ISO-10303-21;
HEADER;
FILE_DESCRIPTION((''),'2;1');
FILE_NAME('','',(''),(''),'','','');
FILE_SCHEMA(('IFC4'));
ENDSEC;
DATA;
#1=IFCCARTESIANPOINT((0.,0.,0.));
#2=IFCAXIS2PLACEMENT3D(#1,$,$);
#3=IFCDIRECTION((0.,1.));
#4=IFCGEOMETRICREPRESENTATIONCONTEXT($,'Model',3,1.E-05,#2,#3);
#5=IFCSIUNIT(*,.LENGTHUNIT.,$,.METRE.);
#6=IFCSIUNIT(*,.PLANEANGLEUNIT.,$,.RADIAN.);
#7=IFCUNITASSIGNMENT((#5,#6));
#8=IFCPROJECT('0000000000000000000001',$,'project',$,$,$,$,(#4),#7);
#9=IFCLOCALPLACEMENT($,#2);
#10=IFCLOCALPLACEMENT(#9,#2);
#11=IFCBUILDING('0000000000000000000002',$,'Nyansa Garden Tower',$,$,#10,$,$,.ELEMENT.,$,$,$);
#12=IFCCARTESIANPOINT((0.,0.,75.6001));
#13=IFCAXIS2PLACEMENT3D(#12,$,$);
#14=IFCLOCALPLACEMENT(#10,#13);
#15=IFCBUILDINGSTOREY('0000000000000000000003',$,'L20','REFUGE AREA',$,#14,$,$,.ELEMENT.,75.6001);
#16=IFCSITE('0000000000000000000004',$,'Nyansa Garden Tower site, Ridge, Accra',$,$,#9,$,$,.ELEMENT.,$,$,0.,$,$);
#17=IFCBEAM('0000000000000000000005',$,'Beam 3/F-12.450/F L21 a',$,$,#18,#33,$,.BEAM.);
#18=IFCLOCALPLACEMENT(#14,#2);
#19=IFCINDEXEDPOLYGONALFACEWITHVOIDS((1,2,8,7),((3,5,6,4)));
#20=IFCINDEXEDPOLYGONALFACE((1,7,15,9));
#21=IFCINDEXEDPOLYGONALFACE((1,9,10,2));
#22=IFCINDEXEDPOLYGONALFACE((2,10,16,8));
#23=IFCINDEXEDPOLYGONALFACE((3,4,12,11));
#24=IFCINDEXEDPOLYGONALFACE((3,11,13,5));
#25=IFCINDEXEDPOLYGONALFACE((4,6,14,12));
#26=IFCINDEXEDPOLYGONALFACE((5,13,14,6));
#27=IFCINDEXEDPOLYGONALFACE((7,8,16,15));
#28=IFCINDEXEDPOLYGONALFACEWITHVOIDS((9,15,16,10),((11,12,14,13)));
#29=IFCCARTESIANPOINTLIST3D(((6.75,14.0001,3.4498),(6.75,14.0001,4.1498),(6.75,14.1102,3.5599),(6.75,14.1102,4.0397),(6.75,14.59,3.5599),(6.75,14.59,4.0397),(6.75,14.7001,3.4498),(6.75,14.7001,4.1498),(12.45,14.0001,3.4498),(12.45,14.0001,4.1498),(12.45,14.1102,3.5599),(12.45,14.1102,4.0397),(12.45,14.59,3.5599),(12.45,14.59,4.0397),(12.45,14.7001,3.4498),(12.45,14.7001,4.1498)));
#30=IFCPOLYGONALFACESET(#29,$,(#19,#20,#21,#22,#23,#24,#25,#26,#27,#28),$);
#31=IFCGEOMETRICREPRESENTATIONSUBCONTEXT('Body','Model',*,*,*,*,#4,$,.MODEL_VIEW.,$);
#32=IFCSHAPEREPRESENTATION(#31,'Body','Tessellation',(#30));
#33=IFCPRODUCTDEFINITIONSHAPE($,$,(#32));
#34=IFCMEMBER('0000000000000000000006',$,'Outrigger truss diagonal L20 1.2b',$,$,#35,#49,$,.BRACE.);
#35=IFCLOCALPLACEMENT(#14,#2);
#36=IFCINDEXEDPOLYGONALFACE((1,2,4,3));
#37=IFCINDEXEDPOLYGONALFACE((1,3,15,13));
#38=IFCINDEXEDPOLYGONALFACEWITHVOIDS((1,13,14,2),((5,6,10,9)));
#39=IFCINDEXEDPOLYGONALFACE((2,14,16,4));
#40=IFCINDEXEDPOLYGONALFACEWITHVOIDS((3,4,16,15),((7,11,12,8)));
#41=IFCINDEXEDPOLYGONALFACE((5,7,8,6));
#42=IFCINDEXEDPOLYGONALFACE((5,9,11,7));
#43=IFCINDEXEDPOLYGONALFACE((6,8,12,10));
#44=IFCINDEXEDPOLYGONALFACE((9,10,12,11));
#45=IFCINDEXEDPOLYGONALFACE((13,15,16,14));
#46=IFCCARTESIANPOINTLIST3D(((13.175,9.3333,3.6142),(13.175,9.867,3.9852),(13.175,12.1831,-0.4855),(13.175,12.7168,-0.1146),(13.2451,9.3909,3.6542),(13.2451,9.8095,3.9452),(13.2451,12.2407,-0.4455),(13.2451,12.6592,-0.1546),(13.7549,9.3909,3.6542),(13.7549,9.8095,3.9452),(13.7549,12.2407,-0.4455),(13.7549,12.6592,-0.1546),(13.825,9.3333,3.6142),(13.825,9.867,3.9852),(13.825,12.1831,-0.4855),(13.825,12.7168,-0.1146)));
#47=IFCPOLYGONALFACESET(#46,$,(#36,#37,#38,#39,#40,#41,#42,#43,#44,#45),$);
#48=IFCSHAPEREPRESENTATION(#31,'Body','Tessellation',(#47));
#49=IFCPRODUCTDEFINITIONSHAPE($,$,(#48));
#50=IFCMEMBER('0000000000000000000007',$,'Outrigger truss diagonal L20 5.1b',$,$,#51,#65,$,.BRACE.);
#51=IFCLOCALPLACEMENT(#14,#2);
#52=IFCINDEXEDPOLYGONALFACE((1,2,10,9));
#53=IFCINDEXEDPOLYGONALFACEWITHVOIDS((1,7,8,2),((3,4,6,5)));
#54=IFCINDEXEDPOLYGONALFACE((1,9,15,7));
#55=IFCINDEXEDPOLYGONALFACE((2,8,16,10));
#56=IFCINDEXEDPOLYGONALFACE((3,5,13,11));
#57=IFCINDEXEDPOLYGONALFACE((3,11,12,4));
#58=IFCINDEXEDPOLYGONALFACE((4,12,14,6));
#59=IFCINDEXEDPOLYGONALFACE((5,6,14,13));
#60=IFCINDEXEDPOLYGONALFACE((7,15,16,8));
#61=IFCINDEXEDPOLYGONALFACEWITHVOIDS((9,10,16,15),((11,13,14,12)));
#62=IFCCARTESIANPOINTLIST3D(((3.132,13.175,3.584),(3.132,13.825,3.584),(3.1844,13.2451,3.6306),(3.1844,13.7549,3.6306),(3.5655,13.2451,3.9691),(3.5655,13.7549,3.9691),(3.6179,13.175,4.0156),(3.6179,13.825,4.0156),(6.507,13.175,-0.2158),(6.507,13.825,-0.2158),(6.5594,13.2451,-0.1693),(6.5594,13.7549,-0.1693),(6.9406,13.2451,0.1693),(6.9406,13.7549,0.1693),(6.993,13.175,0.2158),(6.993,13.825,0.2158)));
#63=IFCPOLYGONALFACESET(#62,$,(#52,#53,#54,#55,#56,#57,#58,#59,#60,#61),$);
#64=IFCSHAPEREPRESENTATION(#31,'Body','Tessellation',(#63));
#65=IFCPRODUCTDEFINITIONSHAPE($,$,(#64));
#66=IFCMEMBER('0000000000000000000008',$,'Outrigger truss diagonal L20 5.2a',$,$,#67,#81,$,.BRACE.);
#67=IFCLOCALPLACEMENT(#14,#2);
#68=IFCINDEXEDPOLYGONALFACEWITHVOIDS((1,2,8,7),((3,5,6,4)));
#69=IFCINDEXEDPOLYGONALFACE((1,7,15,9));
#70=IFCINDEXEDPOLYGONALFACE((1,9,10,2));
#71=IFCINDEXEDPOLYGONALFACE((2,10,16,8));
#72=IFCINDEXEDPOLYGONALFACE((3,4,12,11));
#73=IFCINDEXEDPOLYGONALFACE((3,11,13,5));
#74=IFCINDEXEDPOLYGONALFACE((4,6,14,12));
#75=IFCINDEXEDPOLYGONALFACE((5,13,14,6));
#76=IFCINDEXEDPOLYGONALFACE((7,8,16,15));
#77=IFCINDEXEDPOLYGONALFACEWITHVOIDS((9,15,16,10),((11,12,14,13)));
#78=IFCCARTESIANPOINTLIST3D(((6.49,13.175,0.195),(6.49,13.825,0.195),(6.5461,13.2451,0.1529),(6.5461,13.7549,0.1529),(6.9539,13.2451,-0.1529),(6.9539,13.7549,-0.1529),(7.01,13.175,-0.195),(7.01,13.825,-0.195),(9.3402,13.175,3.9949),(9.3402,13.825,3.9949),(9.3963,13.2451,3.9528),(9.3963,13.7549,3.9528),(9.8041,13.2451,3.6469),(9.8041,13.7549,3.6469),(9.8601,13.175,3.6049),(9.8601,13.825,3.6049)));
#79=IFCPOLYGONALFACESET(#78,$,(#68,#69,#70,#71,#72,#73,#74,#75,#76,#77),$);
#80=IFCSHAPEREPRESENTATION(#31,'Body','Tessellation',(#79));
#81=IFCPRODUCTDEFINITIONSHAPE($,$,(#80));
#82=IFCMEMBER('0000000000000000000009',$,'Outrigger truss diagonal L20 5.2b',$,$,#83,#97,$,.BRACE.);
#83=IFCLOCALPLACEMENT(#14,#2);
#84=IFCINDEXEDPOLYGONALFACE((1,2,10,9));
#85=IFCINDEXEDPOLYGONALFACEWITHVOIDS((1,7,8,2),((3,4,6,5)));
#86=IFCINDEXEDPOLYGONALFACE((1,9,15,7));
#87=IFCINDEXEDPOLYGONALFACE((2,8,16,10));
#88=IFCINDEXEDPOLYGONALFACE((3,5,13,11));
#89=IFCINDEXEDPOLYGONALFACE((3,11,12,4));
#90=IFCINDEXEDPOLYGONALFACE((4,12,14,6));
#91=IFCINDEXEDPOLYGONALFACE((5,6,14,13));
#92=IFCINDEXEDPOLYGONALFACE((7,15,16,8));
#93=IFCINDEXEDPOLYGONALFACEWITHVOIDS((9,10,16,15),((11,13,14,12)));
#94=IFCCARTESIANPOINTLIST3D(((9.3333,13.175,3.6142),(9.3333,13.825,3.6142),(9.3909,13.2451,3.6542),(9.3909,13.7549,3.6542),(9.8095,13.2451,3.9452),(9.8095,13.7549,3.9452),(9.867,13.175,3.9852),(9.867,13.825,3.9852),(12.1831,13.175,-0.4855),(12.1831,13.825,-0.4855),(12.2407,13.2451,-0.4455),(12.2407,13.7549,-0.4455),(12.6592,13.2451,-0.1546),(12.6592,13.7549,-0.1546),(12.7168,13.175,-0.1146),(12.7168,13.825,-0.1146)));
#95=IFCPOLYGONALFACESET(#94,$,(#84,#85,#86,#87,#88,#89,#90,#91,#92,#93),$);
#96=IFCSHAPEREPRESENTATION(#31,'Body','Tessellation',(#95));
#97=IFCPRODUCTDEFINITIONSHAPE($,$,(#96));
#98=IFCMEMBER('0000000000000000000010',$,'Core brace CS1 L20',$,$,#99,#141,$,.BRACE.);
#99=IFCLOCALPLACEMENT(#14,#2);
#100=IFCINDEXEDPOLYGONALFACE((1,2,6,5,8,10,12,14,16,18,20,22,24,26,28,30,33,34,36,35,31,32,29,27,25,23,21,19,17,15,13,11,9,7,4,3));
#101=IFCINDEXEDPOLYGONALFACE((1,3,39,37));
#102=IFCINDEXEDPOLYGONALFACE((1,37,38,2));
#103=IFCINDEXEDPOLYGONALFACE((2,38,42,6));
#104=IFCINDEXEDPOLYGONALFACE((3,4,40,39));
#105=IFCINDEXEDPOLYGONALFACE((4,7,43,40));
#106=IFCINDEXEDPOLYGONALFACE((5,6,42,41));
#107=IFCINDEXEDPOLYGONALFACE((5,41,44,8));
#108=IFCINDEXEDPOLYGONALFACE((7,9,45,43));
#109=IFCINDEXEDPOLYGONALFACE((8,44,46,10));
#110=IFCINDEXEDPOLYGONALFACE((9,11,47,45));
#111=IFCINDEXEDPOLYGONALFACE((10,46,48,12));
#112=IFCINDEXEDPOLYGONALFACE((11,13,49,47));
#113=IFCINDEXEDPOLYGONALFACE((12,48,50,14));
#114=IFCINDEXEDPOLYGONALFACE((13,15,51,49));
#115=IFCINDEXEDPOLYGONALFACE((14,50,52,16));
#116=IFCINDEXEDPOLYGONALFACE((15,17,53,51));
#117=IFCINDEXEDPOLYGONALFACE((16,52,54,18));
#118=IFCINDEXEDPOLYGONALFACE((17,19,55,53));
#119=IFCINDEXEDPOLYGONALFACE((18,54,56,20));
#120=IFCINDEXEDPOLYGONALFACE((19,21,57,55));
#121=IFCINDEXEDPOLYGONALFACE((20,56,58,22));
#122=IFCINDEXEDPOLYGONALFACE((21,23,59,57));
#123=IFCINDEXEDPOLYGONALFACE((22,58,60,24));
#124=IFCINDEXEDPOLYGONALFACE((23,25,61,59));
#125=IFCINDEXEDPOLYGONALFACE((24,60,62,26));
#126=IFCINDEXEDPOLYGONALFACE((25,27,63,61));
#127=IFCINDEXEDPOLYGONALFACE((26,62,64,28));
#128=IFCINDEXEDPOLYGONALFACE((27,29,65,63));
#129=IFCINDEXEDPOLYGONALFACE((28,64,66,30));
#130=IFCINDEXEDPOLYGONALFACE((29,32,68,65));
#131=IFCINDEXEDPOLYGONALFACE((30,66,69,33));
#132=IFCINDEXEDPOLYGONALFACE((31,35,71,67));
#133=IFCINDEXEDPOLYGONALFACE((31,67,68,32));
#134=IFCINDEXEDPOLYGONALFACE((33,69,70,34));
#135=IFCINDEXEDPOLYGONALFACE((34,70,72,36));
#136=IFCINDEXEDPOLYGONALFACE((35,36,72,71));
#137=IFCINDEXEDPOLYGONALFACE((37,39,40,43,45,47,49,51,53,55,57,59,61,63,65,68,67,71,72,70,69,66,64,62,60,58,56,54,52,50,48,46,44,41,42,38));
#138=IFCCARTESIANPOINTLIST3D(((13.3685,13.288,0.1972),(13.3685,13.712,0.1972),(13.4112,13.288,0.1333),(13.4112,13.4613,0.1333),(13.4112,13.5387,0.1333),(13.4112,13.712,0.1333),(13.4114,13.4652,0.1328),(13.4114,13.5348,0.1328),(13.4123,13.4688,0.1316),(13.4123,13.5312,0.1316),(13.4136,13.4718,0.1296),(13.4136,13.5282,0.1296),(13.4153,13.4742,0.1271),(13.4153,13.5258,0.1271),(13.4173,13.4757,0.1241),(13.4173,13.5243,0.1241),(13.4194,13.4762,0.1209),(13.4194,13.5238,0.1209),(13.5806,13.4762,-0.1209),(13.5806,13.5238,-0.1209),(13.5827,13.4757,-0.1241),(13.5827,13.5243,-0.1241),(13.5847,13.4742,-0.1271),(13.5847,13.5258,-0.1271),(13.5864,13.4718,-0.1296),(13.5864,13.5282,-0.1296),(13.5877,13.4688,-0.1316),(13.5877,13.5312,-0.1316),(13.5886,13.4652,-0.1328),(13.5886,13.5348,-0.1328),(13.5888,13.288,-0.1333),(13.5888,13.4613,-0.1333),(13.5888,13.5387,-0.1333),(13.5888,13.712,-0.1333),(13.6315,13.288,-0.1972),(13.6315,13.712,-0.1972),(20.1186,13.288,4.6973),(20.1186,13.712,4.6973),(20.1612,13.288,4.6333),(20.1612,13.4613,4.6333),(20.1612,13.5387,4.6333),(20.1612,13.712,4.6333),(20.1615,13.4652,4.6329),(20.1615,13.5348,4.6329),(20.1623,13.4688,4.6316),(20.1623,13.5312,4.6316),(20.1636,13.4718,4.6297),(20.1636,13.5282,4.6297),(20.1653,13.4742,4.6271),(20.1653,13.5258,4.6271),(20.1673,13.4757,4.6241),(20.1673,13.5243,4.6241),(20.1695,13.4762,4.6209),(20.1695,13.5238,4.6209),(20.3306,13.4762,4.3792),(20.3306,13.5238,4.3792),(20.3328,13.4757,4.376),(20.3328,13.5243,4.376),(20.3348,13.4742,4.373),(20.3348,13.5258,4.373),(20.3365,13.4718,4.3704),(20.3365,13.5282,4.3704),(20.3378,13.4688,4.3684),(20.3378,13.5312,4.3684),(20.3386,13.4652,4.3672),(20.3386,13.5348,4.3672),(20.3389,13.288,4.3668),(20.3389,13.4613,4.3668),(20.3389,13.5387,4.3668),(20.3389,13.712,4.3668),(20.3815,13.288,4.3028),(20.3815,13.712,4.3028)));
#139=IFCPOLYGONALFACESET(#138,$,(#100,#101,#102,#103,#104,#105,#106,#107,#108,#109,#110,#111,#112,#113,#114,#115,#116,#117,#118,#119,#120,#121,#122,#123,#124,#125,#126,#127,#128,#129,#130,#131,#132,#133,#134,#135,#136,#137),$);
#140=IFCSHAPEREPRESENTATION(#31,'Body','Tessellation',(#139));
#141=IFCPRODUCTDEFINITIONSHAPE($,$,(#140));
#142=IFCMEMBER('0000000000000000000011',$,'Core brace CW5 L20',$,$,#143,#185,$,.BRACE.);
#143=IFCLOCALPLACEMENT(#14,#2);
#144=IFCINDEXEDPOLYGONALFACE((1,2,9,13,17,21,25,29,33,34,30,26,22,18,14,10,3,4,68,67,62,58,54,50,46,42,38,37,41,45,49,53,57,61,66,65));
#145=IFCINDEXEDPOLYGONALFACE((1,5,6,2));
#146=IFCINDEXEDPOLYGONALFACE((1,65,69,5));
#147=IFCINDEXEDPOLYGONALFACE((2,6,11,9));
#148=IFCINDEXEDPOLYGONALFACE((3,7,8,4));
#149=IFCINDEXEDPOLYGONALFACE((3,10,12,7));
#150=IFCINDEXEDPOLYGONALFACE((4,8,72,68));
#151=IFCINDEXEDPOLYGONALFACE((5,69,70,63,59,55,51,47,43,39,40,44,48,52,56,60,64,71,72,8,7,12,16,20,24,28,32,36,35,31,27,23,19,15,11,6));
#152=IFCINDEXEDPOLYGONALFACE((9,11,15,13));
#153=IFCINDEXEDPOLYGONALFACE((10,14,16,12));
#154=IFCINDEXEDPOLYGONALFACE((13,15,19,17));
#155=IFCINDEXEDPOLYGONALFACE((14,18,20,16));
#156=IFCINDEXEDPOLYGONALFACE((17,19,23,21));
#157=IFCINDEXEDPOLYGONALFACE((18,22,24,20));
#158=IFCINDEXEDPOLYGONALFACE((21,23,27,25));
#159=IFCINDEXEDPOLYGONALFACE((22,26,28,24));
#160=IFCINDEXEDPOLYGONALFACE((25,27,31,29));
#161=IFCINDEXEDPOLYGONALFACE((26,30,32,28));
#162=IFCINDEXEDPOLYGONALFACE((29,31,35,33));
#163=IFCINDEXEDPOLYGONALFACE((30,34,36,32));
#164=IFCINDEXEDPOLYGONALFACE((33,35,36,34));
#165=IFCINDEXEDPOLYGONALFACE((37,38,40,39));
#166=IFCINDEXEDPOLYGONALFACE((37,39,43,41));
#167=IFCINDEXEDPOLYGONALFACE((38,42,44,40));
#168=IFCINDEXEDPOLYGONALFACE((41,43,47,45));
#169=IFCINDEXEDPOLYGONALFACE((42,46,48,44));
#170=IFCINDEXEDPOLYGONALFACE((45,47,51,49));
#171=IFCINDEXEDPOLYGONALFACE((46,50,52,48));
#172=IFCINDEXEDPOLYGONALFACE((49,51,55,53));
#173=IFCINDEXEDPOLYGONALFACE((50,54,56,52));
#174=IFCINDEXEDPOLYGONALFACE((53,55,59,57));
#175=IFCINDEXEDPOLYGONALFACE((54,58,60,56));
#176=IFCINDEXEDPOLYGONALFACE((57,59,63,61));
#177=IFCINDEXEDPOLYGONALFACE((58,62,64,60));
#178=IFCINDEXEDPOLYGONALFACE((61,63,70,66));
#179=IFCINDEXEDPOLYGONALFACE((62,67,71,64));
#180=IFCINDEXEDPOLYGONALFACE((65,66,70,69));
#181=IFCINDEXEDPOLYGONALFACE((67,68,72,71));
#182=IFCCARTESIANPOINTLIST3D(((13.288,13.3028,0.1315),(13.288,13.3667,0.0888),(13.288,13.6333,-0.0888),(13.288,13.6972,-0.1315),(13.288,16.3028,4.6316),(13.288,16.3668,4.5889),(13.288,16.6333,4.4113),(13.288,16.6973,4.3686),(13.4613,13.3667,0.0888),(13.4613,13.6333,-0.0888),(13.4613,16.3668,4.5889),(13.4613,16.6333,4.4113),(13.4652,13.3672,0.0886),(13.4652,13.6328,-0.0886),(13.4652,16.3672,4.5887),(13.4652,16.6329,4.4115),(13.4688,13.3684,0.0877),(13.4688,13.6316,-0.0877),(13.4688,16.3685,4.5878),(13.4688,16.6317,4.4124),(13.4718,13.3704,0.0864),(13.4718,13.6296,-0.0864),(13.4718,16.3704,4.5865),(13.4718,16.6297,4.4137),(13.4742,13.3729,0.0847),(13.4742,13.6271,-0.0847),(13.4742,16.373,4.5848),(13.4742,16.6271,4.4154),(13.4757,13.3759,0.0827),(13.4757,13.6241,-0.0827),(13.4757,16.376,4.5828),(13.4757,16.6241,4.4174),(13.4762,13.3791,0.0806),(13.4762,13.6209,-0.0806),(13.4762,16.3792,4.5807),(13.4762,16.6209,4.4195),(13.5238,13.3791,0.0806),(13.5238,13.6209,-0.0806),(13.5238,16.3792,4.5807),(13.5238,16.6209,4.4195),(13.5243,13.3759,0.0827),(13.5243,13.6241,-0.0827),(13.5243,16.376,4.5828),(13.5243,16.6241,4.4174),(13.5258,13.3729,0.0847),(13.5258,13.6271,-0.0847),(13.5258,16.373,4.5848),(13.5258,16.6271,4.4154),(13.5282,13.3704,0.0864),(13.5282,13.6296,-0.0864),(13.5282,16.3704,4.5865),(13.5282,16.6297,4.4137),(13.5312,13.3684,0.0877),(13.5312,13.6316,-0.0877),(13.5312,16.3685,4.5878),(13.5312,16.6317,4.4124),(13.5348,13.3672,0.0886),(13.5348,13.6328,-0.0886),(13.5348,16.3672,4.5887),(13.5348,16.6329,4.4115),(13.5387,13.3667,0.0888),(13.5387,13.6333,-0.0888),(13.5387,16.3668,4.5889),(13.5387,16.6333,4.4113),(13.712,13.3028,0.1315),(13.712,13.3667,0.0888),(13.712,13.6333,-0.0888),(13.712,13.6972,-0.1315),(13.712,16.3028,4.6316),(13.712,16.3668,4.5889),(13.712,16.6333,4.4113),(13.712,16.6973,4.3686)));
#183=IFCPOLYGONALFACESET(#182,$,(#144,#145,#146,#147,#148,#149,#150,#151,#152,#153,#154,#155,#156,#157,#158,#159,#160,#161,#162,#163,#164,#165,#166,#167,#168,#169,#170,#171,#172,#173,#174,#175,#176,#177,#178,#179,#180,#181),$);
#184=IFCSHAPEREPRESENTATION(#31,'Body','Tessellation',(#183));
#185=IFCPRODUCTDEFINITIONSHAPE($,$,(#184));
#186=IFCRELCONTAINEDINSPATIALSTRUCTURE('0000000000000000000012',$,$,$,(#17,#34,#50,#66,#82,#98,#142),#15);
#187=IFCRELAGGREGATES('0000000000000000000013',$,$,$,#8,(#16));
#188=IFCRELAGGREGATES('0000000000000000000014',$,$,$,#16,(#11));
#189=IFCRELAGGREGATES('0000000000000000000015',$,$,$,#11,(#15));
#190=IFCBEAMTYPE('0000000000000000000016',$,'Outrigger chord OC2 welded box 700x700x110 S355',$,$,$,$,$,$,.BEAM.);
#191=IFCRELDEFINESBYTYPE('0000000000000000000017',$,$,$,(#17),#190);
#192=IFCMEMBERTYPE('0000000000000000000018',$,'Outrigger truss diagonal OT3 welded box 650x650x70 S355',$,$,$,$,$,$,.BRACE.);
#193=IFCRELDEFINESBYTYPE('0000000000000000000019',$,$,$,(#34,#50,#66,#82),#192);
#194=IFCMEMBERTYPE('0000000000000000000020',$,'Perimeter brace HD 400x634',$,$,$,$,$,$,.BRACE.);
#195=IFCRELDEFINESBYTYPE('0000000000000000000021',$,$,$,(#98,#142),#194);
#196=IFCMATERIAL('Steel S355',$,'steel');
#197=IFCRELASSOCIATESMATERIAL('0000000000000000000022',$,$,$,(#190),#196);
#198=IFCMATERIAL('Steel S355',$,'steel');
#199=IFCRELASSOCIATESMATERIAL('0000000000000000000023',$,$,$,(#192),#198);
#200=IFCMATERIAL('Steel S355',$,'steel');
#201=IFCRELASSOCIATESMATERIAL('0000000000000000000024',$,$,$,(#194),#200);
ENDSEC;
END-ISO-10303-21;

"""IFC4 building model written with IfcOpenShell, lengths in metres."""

from ifc_helpers import new_model, si_unit, direction, frame, origin, origin_2d, place, context, subcontext, project, spatial, hollow_rectangle, i_section, extrude, material, material_profile, profile_set, type_object, element, save


model = new_model("IFC4")

# Units and contexts
model_context = context("Model", 3, precision=1e-05, world=origin(), true_north=direction((0.0, 1.0)))
body_context = subcontext(model_context, "Body", "Model", "MODEL_VIEW")
ifc_project = project(units=[si_unit("LENGTHUNIT", "METRE"), si_unit("PLANEANGLEUNIT", "RADIAN")], contexts=[model_context])

# Site, building, storey
site_placement = place(None, origin())
site = spatial("IfcSite", under=ifc_project, at=site_placement, Name="Nyansa Garden Tower site, Ridge, Accra", CompositionType="ELEMENT", RefElevation=0.0)
building_placement = place(site_placement, origin())
building = spatial("IfcBuilding", under=site, at=building_placement, Name="Nyansa Garden Tower", CompositionType="ELEMENT")
storey_placement = place(building_placement, frame((0.0, 0.0, 75.6001)))
storey = spatial("IfcBuildingStorey", under=building, at=storey_placement, Name="L20", Description="REFUGE AREA", CompositionType="ELEMENT", Elevation=75.6001)

# Beam
ifc_material_1 = material(Name="Steel S355", Category="steel")
ifc_material_profile_1 = material_profile(ifc_material_1, hollow_rectangle(XDim=0.7, YDim=0.7, WallThickness=0.1101, at=origin_2d()), Name="Welded box 700x700x110")
ifc_profile_set_1 = profile_set([ifc_material_profile_1], Name="Steel S355")
beam_type_1 = type_object("IfcBeamType", Name="Outrigger chord OC2 welded box 700x700x110 S355", PredefinedType="BEAM", material=ifc_profile_set_1)
beam_1_placement = place(storey_placement, frame((6.75, 14.3501, 3.7998), z_axis=(1.0, 0.0, 0.0), x_axis=(0.0, 1.0, 0.0)))
element("IfcBeam", 1, at=beam_1_placement, inside=storey, type_object=beam_type_1, Name="Beam 3/F-12.450/F L21 a", PredefinedType="BEAM", context=body_context, shape_type="SweptSolid", body=[
    extrude(hollow_rectangle(XDim=0.7, YDim=0.7, WallThickness=0.1101, at=origin_2d()), origin(), (0.0, 0.0, 1.0), 5.7),
])

# Members
ifc_material_2 = material(Name="Steel S355", Category="steel")
ifc_material_profile_2 = material_profile(ifc_material_2, hollow_rectangle(XDim=0.6499, YDim=0.6499, WallThickness=0.0701, at=origin_2d()), Name="Welded box 650x650x70")
ifc_profile_set_2 = profile_set([ifc_material_profile_2], Name="Steel S355")
member_type_1 = type_object("IfcMemberType", Name="Outrigger truss diagonal OT3 welded box 650x650x70 S355", PredefinedType="BRACE", material=ifc_profile_set_2)
member_1_placement = place(storey_placement, frame((13.5, 12.45, -0.3), z_axis=(0.0, -0.570765, 0.821113), x_axis=(1.0, 0.0, 0.0)))
element("IfcMember", 2, at=member_1_placement, inside=storey, type_object=member_type_1, Name="Outrigger truss diagonal L20 1.2b", PredefinedType="BRACE", context=body_context, shape_type="SweptSolid", body=[
    extrude(hollow_rectangle(XDim=0.6499, YDim=0.6499, WallThickness=0.0701, at=origin_2d()), origin(), (0.0, 0.0, 1.0), 4.9929),
])
member_2_placement = place(storey_placement, frame((6.75, 13.5, 0.0), z_axis=(-0.664078, 0.0, 0.747664), x_axis=(0.0, -1.0, 0.0)))
element("IfcMember", 3, at=member_2_placement, inside=storey, type_object=member_type_1, Name="Outrigger truss diagonal L20 5.1b", PredefinedType="BRACE", context=body_context, shape_type="SweptSolid", body=[
    extrude(hollow_rectangle(XDim=0.6499, YDim=0.6499, WallThickness=0.0701, at=origin_2d()), origin(), (0.0, 0.0, 1.0), 5.0823),
])
member_3_placement = place(storey_placement, frame((6.75, 13.5, 0.0), z_axis=(0.600033, 0.0, 0.799975), x_axis=(0.0, 1.0, 0.0)))
element("IfcMember", 4, at=member_3_placement, inside=storey, type_object=member_type_1, Name="Outrigger truss diagonal L20 5.2a", PredefinedType="BRACE", context=body_context, shape_type="SweptSolid", body=[
    extrude(hollow_rectangle(XDim=0.6499, YDim=0.6499, WallThickness=0.0701, at=origin_2d()), origin(), (0.0, 0.0, 1.0), 4.75),
])
member_4_placement = place(storey_placement, frame((12.45, 13.5, -0.3), z_axis=(-0.570765, 0.0, 0.821113), x_axis=(0.0, -1.0, 0.0)))
element("IfcMember", 5, at=member_4_placement, inside=storey, type_object=member_type_1, Name="Outrigger truss diagonal L20 5.2b", PredefinedType="BRACE", context=body_context, shape_type="SweptSolid", body=[
    extrude(hollow_rectangle(XDim=0.6499, YDim=0.6499, WallThickness=0.0701, at=origin_2d()), origin(), (0.0, 0.0, 1.0), 4.9929),
])
ifc_material_3 = material(Name="Steel S355", Category="steel")
ifc_material_profile_3 = material_profile(ifc_material_3, i_section(OverallWidth=0.4241, OverallDepth=0.4741, WebThickness=0.0476, FlangeThickness=0.0769, FilletRadius=0.0149, at=origin_2d()), Name="HD 400x634")
ifc_profile_set_3 = profile_set([ifc_material_profile_3], Name="Steel S355")
member_type_2 = type_object("IfcMemberType", Name="Perimeter brace HD 400x634", PredefinedType="BRACE", material=ifc_profile_set_3)
member_5_placement = place(storey_placement, frame((13.5, 13.5, 0.0), z_axis=(0.83205, 0.0, 0.5547), x_axis=(0.0, 1.0, 0.0)))
element("IfcMember", 6, at=member_5_placement, inside=storey, type_object=member_type_2, Name="Core brace CS1 L20", PredefinedType="BRACE", context=body_context, shape_type="SweptSolid", body=[
    extrude(i_section(OverallWidth=0.4241, OverallDepth=0.4741, WebThickness=0.0476, FlangeThickness=0.0769, FilletRadius=0.0149, at=origin_2d()), origin(), (0.0, 0.0, 1.0), 8.1125),
])
member_6_placement = place(storey_placement, frame((13.5, 13.5, 0.0), z_axis=(0.0, 0.5547, 0.83205), x_axis=(-1.0, 0.0, 0.0)))
element("IfcMember", 7, at=member_6_placement, inside=storey, type_object=member_type_2, Name="Core brace CW5 L20", PredefinedType="BRACE", context=body_context, shape_type="SweptSolid", body=[
    extrude(i_section(OverallWidth=0.4241, OverallDepth=0.4741, WebThickness=0.0476, FlangeThickness=0.0769, FilletRadius=0.0149, at=origin_2d()), origin(), (0.0, 0.0, 1.0), 5.4084),
])

save(model, "model.ifc")
